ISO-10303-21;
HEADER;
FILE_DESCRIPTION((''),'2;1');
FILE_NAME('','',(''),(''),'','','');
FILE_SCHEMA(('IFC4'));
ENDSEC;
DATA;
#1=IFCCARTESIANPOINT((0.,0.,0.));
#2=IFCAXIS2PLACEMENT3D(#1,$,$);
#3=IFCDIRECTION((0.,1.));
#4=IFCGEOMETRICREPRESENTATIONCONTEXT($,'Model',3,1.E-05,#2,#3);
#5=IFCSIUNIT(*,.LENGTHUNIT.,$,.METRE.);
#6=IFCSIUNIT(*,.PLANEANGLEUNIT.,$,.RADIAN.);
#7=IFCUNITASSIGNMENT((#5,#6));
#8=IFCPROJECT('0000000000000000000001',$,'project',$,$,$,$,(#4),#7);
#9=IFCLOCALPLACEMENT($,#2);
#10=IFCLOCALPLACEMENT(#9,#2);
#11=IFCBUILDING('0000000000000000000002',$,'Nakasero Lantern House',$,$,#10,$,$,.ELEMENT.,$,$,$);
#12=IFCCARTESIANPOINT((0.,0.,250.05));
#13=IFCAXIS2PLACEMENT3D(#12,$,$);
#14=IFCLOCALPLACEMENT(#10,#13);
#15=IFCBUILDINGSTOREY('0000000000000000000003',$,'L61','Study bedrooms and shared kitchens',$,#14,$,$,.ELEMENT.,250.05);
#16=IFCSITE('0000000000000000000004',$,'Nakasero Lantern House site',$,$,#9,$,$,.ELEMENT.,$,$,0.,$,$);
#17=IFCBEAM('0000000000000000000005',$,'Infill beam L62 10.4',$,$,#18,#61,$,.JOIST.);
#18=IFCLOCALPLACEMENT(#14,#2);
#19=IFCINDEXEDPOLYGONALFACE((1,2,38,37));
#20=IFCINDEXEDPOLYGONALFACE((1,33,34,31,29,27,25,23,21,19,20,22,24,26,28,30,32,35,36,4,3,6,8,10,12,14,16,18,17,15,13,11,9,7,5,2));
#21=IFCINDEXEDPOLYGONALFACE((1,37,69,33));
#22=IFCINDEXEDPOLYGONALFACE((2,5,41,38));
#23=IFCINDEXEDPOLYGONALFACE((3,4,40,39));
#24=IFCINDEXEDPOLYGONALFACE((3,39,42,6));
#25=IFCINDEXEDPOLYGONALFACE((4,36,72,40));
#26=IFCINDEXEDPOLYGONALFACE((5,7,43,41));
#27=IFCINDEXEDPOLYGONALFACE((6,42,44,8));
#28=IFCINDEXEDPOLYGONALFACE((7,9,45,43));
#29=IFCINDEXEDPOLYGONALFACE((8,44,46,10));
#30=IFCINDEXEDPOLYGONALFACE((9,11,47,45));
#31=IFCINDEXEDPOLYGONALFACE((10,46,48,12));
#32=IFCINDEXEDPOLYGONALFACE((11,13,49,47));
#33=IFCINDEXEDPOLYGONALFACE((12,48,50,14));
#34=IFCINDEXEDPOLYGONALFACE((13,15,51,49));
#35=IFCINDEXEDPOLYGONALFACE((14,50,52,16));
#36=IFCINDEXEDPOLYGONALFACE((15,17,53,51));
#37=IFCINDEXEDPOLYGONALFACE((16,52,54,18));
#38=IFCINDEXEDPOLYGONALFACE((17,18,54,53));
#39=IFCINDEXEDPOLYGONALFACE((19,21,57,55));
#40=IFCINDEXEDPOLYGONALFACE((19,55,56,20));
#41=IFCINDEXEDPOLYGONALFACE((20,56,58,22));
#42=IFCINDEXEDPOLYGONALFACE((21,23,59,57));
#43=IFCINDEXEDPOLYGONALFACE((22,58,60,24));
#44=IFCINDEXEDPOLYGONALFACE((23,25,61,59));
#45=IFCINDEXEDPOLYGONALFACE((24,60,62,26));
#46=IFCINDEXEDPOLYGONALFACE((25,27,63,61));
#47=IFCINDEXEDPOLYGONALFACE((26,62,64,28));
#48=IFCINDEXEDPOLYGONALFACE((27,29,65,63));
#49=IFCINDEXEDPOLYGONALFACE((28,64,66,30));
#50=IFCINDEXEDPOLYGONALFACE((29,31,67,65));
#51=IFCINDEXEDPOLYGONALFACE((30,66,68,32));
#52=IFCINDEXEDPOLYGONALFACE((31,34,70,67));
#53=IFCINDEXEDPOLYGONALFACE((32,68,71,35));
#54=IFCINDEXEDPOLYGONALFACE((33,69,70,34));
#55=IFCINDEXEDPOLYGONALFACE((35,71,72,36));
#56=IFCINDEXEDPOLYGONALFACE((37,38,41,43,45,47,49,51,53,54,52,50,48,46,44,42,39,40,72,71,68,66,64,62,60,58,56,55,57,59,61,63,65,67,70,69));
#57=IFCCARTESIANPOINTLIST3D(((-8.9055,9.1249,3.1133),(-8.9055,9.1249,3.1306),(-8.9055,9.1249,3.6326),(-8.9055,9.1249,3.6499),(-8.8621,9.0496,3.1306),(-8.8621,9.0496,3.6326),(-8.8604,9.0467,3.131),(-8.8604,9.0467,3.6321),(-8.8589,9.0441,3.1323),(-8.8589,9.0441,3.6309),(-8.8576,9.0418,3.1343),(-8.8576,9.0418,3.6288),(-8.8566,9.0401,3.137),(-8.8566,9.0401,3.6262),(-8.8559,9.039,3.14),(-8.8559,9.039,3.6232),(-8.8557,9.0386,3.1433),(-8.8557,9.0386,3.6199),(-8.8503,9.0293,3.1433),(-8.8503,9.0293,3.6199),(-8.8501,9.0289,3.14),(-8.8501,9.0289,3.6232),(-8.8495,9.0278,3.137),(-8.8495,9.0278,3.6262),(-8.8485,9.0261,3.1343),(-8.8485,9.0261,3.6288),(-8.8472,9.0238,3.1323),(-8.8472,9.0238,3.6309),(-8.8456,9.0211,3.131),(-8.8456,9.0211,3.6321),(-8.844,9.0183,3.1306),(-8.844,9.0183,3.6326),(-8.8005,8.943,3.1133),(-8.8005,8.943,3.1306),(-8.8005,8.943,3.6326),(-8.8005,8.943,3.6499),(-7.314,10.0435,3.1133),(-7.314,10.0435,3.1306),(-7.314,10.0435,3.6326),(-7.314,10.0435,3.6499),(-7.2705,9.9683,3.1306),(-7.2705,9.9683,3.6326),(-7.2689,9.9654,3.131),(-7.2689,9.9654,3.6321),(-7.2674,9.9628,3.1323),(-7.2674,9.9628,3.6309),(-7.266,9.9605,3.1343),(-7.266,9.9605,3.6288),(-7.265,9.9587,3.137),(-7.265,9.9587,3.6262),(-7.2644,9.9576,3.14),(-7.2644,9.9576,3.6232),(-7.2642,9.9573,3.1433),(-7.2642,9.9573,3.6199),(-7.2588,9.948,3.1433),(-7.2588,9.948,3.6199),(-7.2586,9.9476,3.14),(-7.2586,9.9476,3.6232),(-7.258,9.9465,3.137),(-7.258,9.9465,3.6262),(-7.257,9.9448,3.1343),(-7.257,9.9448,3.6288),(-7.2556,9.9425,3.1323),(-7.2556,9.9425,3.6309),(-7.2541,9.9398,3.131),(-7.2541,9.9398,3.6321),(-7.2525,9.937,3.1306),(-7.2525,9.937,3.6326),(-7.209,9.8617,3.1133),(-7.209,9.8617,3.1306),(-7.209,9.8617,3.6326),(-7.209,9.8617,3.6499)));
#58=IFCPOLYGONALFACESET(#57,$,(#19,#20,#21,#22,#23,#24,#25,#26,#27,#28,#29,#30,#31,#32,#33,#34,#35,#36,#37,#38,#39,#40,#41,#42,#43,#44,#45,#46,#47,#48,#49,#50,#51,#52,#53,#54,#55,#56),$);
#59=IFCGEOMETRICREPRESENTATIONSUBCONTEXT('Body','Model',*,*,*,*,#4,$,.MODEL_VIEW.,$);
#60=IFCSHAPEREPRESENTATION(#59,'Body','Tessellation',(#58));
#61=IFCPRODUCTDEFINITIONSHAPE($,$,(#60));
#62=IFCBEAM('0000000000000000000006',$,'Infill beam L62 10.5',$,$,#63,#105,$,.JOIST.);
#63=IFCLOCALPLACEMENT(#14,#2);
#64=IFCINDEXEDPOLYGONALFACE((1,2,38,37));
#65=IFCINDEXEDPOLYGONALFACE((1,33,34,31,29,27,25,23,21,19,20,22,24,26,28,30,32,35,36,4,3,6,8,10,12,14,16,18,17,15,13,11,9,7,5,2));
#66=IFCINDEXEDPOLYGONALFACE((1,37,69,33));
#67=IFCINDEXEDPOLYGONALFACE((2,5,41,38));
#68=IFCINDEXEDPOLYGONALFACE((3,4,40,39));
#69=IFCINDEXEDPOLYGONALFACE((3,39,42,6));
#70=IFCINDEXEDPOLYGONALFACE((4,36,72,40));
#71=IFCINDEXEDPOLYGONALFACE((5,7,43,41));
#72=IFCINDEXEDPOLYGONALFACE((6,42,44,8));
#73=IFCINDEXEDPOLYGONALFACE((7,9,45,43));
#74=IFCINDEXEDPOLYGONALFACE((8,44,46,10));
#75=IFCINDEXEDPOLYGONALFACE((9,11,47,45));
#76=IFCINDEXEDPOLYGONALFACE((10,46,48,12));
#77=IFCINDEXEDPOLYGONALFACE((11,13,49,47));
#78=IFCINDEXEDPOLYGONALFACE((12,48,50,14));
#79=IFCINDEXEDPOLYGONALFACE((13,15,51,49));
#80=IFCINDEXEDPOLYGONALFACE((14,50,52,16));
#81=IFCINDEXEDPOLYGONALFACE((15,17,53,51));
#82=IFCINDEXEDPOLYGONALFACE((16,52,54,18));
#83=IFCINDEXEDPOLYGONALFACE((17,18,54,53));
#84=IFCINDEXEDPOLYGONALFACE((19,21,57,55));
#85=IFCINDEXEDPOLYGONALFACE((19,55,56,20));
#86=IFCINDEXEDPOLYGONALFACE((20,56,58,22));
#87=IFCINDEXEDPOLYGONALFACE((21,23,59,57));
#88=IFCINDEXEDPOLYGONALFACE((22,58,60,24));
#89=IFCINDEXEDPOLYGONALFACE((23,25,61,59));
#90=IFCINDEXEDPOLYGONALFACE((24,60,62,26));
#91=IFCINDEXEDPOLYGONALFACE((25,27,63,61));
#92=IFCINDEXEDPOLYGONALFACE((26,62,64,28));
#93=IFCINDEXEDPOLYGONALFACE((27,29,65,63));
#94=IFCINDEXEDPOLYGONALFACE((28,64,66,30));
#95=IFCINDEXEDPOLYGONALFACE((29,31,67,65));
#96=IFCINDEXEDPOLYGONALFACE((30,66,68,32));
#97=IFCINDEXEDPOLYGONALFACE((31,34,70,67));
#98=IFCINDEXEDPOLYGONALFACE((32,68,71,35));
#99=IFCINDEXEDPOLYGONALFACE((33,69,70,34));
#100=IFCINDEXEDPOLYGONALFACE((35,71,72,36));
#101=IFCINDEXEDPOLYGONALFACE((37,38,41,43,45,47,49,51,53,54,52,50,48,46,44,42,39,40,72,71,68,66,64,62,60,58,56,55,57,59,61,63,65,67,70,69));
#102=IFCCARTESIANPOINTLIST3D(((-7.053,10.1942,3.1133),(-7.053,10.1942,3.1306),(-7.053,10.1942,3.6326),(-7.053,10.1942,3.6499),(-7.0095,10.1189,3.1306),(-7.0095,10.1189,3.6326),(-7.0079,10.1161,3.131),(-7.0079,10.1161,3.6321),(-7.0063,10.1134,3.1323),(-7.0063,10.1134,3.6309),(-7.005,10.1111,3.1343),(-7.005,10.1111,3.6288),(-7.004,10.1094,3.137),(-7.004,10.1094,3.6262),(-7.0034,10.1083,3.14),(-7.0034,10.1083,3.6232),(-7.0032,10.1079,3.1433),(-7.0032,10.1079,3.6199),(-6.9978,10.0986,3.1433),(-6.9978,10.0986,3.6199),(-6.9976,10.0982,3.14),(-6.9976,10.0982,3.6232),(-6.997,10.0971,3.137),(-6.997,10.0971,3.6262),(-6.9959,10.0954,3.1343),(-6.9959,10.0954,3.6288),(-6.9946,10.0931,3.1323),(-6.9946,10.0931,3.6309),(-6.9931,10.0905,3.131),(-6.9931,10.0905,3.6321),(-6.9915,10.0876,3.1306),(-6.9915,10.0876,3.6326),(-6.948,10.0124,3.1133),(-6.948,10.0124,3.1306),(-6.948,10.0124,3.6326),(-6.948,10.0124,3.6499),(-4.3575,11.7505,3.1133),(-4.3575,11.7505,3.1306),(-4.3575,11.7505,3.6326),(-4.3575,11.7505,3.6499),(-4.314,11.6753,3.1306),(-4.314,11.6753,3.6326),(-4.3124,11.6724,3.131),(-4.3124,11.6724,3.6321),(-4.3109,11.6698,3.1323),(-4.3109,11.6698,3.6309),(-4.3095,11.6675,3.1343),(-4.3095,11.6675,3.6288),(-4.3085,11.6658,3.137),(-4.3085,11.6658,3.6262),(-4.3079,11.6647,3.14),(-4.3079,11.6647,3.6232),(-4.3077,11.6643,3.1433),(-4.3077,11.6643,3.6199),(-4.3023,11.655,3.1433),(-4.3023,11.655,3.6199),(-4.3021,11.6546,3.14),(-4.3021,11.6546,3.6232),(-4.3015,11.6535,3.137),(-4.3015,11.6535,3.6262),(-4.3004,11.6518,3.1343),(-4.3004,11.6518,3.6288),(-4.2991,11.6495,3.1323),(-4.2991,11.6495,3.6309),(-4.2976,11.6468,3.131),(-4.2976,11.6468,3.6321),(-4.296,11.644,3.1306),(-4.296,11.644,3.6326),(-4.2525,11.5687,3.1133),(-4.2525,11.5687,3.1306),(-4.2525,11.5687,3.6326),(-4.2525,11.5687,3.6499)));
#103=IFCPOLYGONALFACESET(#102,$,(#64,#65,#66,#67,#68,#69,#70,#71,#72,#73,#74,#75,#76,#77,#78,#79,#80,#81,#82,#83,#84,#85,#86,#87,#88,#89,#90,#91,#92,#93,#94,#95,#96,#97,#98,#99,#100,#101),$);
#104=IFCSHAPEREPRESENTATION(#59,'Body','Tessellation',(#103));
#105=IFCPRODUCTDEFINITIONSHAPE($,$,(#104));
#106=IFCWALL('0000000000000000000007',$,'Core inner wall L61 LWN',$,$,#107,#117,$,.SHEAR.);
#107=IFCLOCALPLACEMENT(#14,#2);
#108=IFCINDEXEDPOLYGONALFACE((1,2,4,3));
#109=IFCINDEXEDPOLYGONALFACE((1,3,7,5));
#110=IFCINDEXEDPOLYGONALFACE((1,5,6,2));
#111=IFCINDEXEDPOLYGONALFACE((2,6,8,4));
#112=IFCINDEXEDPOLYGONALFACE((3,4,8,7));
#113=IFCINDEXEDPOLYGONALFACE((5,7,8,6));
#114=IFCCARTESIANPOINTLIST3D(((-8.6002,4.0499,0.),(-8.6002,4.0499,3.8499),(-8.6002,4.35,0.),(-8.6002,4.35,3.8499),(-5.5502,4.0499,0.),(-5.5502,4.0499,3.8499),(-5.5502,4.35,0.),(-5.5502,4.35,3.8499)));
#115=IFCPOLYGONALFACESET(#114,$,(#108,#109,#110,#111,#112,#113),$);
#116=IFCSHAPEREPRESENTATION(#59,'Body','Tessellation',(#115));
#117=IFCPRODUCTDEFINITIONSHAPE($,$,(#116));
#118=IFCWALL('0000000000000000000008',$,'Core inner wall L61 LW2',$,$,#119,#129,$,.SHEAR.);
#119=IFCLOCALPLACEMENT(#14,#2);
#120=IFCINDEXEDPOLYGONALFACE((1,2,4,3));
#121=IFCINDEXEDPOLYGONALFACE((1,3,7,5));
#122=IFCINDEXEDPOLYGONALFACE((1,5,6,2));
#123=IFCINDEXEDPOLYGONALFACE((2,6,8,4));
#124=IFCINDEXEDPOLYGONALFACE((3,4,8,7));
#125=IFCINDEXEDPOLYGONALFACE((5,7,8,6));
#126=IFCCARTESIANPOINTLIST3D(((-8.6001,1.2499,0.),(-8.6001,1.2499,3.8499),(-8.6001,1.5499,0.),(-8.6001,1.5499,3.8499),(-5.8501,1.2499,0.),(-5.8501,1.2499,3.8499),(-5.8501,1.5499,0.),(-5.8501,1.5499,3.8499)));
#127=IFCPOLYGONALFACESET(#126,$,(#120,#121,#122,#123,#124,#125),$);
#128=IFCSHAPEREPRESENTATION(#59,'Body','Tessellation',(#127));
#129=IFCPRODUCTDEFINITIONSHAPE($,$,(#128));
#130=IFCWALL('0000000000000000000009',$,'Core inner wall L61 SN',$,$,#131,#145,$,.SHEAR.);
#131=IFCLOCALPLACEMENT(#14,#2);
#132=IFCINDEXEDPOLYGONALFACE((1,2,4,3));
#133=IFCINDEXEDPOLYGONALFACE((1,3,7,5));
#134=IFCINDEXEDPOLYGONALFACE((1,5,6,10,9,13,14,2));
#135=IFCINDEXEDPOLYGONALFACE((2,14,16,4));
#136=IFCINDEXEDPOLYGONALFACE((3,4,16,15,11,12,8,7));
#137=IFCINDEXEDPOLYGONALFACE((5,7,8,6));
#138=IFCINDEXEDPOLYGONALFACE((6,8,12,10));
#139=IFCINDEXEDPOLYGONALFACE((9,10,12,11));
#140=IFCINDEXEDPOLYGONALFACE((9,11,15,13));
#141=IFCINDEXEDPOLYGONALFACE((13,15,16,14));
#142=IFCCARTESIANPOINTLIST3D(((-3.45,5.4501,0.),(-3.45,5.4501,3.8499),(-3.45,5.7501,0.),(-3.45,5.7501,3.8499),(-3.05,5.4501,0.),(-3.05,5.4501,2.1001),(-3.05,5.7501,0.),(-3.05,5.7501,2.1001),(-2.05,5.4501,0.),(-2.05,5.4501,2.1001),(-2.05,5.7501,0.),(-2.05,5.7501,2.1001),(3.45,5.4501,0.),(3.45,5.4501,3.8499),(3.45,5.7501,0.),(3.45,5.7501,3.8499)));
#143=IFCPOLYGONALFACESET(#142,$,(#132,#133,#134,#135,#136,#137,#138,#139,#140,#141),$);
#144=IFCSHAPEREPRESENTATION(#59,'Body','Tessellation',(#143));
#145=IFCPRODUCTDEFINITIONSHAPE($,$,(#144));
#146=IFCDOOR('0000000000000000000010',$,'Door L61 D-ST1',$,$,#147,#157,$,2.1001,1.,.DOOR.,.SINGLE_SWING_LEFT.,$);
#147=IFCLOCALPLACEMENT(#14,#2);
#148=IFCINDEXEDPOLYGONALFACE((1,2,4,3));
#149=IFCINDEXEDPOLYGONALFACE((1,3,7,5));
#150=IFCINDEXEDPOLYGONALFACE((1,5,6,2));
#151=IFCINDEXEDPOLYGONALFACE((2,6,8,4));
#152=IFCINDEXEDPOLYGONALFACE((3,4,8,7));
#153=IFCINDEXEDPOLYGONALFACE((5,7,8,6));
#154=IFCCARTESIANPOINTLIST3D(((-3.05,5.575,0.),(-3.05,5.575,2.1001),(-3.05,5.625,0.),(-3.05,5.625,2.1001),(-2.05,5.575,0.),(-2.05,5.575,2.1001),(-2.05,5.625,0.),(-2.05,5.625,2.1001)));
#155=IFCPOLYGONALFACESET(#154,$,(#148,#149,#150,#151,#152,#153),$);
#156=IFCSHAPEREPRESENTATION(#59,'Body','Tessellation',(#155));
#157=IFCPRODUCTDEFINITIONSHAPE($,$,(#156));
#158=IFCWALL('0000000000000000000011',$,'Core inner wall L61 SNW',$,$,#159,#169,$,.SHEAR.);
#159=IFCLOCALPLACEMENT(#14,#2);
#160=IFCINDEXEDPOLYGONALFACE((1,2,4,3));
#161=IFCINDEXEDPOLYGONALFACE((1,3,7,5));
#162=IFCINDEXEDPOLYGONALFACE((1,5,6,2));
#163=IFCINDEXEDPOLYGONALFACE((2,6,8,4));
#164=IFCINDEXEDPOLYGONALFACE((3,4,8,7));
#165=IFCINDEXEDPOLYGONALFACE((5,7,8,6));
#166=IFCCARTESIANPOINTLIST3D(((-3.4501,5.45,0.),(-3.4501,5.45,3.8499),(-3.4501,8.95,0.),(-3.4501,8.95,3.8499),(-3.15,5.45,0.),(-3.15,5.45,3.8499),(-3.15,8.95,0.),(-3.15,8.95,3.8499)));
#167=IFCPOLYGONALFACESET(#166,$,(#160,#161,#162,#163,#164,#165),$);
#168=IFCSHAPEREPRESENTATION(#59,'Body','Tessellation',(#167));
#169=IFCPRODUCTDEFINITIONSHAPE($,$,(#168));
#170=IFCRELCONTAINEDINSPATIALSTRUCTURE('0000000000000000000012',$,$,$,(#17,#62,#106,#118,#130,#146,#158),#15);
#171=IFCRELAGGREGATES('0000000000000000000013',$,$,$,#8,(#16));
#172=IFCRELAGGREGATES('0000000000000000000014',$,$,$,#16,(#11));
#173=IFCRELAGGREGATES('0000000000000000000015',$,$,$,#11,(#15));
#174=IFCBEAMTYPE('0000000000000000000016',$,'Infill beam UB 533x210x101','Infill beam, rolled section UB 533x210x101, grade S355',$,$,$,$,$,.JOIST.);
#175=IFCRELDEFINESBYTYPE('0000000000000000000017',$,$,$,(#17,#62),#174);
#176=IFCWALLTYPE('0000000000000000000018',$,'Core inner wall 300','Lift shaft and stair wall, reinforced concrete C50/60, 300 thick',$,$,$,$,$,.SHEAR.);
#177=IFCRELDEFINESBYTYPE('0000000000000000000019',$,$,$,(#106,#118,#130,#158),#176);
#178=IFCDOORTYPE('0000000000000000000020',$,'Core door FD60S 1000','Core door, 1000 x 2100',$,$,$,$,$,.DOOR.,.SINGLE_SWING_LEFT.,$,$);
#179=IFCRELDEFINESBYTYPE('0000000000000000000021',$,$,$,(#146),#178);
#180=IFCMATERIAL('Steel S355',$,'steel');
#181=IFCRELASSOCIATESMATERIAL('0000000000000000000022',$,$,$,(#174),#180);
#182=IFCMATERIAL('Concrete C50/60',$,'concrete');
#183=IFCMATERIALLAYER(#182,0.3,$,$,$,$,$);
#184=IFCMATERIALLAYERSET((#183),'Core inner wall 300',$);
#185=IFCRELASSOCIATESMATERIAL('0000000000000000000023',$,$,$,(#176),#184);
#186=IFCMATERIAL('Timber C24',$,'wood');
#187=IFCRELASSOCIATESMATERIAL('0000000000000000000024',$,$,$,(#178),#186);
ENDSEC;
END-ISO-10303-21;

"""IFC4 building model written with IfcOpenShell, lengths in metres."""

from ifc_helpers import new_model, si_unit, direction, frame, frame_2d, origin, origin_2d, place, context, subcontext, project, spatial, rectangle, i_section, extrude, material, layer, layer_set, material_profile, profile_set, type_object, element, fill, save


model = new_model("IFC4")

# Units and contexts
model_context = context("Model", 3, precision=1e-05, world=origin(), true_north=direction((0.0, 1.0)))
body_context = subcontext(model_context, "Body", "Model", "MODEL_VIEW")
ifc_project = project(units=[si_unit("LENGTHUNIT", "METRE"), si_unit("PLANEANGLEUNIT", "RADIAN")], contexts=[model_context])

# Site, building, storey
site_placement = place(None, origin())
site = spatial("IfcSite", under=ifc_project, at=site_placement, Name="Nakasero Lantern House site", CompositionType="ELEMENT", RefElevation=0.0)
building_placement = place(site_placement, origin())
building = spatial("IfcBuilding", under=site, at=building_placement, Name="Nakasero Lantern House", CompositionType="ELEMENT")
storey_placement = place(building_placement, frame((0.0, 0.0, 250.05)))
storey = spatial("IfcBuildingStorey", under=building, at=storey_placement, Name="L61", Description="Study bedrooms and shared kitchens", CompositionType="ELEMENT", Elevation=250.05)

# Beams
ifc_material_1 = material(Name="Steel S355", Category="steel")
ifc_material_profile = material_profile(ifc_material_1, i_section(OverallWidth=0.21, OverallDepth=0.5366, WebThickness=0.0107, FlangeThickness=0.0173, FilletRadius=0.0127, at=origin_2d()), Name="UB 533x210x101")
ifc_profile_set = profile_set([ifc_material_profile], Name="Steel S355")
beam_type = type_object("IfcBeamType", Name="Infill beam UB 533x210x101", Description="Infill beam, rolled section UB 533x210x101, grade S355", PredefinedType="JOIST", material=ifc_profile_set)
beam_1_placement = place(storey_placement, frame((-8.853, 9.0339, 3.3816), z_axis=(0.866068, 0.499926, 0.0), x_axis=(-0.499926, 0.866068, 0.0)))
element("IfcBeam", 1, at=beam_1_placement, inside=storey, type_object=beam_type, Name="Infill beam L62 10.4", PredefinedType="JOIST", context=body_context, shape_type="SweptSolid", body=[
    extrude(i_section(OverallWidth=0.21, OverallDepth=0.5366, WebThickness=0.0107, FlangeThickness=0.0173, FilletRadius=0.0127, at=origin_2d()), origin(), (0.0, 0.0, 1.0), 1.8376),
])
beam_2_placement = place(storey_placement, frame((-7.0005, 10.1033, 3.3816), z_axis=(0.866009, 0.500028, 0.0), x_axis=(-0.500028, 0.866009, 0.0)))
element("IfcBeam", 2, at=beam_2_placement, inside=storey, type_object=beam_type, Name="Infill beam L62 10.5", PredefinedType="JOIST", context=body_context, shape_type="SweptSolid", body=[
    extrude(i_section(OverallWidth=0.21, OverallDepth=0.5366, WebThickness=0.0107, FlangeThickness=0.0173, FilletRadius=0.0127, at=origin_2d()), origin(), (0.0, 0.0, 1.0), 3.1125),
])

# Walls
ifc_material_2 = material(Name="Concrete C50/60", Category="concrete")
ifc_layer_1 = layer(ifc_material_2, 0.3)
ifc_layer_set_1 = layer_set([ifc_layer_1], Name="Core inner wall 300")
wall_type_1 = type_object("IfcWallType", Name="Core inner wall 300", Description="Lift shaft and stair wall, reinforced concrete C50/60, 300 thick", PredefinedType="SHEAR", material=ifc_layer_set_1)
wall_1_placement = place(storey_placement, frame((-8.6001, 4.2, 0.0), z_axis=(0.0, 0.0, 1.0), x_axis=(1.0, 0.0, 0.0)))
element("IfcWall", 3, at=wall_1_placement, inside=storey, type_object=wall_type_1, Name="Core inner wall L61 LWN", PredefinedType="SHEAR", context=body_context, shape_type="SweptSolid", body=[
    extrude(rectangle(XDim=3.05, YDim=0.3, at=frame_2d((1.5249, 0.0))), origin(), (0.0, 0.0, 1.0), 3.8499),
])
wall_2_placement = place(storey_placement, frame((-8.6001, 1.3999, 0.0), z_axis=(0.0, 0.0, 1.0), x_axis=(1.0, 0.0, 0.0)))
element("IfcWall", 4, at=wall_2_placement, inside=storey, type_object=wall_type_1, Name="Core inner wall L61 LW2", PredefinedType="SHEAR", context=body_context, shape_type="SweptSolid", body=[
    extrude(rectangle(XDim=2.75, YDim=0.3, at=frame_2d((1.375, 0.0))), origin(), (0.0, 0.0, 1.0), 3.8499),
])

# Wall, opening, door
wall_3_placement = place(storey_placement, frame((-3.45, 5.6001, 0.0), z_axis=(0.0, 0.0, 1.0), x_axis=(1.0, 0.0, 0.0)))
wall_3 = element("IfcWall", 5, at=wall_3_placement, inside=storey, type_object=wall_type_1, Name="Core inner wall L61 SN", PredefinedType="SHEAR", context=body_context, shape_type="SweptSolid", body=[
    extrude(rectangle(XDim=6.8999, YDim=0.3, at=frame_2d((3.45, 0.0))), origin(), (0.0, 0.0, 1.0), 3.8499),
])
opening_1_placement = place(wall_3_placement, frame((0.3999, 0.0, 0.0)))
opening_1 = element("IfcOpeningElement", 6, at=opening_1_placement, cuts=wall_3, PredefinedType="OPENING", context=body_context, shape_type="SweptSolid", body=[
    extrude(rectangle(XDim=1.0, YDim=2.1001, at=frame_2d((0.5, 1.05))), frame((0.0, 0.1699, 0.0), z_axis=(0.0, -1.0, 0.0), x_axis=(1.0, 0.0, 0.0)), (0.0, 0.0, 1.0), 0.3401),
])
ifc_material_3 = material(Name="Timber C24", Category="wood")
door_type_1 = type_object("IfcDoorType", Name="Core door FD60S 1000", Description="Core door, 1000 x 2100", OperationType="SINGLE_SWING_LEFT", PredefinedType="DOOR", material=ifc_material_3)
door_1_placement = place(opening_1_placement, origin())
door_1 = element("IfcDoor", 7, at=door_1_placement, inside=storey, type_object=door_type_1, Name="Door L61 D-ST1", OperationType="SINGLE_SWING_LEFT", OverallHeight=2.1001, OverallWidth=1.0, PredefinedType="DOOR", context=body_context, shape_type="SweptSolid", body=[
    extrude(rectangle(XDim=1.0, YDim=2.1001, at=frame_2d((0.5, 1.05))), frame((0.0, 0.0249, 0.0), z_axis=(0.0, -1.0, 0.0), x_axis=(1.0, 0.0, 0.0)), (0.0, 0.0, 1.0), 0.05),
])
fill(opening_1, door_1)

# Wall
wall_4_placement = place(storey_placement, frame((-3.3, 5.45, 0.0), z_axis=(0.0, 0.0, 1.0), x_axis=(0.0, 1.0, 0.0)))
element("IfcWall", 8, at=wall_4_placement, inside=storey, type_object=wall_type_1, Name="Core inner wall L61 SNW", PredefinedType="SHEAR", context=body_context, shape_type="SweptSolid", body=[
    extrude(rectangle(XDim=3.5, YDim=0.3, at=frame_2d((1.75, 0.0))), origin(), (0.0, 0.0, 1.0), 3.8499),
])

save(model, "model.ifc")
